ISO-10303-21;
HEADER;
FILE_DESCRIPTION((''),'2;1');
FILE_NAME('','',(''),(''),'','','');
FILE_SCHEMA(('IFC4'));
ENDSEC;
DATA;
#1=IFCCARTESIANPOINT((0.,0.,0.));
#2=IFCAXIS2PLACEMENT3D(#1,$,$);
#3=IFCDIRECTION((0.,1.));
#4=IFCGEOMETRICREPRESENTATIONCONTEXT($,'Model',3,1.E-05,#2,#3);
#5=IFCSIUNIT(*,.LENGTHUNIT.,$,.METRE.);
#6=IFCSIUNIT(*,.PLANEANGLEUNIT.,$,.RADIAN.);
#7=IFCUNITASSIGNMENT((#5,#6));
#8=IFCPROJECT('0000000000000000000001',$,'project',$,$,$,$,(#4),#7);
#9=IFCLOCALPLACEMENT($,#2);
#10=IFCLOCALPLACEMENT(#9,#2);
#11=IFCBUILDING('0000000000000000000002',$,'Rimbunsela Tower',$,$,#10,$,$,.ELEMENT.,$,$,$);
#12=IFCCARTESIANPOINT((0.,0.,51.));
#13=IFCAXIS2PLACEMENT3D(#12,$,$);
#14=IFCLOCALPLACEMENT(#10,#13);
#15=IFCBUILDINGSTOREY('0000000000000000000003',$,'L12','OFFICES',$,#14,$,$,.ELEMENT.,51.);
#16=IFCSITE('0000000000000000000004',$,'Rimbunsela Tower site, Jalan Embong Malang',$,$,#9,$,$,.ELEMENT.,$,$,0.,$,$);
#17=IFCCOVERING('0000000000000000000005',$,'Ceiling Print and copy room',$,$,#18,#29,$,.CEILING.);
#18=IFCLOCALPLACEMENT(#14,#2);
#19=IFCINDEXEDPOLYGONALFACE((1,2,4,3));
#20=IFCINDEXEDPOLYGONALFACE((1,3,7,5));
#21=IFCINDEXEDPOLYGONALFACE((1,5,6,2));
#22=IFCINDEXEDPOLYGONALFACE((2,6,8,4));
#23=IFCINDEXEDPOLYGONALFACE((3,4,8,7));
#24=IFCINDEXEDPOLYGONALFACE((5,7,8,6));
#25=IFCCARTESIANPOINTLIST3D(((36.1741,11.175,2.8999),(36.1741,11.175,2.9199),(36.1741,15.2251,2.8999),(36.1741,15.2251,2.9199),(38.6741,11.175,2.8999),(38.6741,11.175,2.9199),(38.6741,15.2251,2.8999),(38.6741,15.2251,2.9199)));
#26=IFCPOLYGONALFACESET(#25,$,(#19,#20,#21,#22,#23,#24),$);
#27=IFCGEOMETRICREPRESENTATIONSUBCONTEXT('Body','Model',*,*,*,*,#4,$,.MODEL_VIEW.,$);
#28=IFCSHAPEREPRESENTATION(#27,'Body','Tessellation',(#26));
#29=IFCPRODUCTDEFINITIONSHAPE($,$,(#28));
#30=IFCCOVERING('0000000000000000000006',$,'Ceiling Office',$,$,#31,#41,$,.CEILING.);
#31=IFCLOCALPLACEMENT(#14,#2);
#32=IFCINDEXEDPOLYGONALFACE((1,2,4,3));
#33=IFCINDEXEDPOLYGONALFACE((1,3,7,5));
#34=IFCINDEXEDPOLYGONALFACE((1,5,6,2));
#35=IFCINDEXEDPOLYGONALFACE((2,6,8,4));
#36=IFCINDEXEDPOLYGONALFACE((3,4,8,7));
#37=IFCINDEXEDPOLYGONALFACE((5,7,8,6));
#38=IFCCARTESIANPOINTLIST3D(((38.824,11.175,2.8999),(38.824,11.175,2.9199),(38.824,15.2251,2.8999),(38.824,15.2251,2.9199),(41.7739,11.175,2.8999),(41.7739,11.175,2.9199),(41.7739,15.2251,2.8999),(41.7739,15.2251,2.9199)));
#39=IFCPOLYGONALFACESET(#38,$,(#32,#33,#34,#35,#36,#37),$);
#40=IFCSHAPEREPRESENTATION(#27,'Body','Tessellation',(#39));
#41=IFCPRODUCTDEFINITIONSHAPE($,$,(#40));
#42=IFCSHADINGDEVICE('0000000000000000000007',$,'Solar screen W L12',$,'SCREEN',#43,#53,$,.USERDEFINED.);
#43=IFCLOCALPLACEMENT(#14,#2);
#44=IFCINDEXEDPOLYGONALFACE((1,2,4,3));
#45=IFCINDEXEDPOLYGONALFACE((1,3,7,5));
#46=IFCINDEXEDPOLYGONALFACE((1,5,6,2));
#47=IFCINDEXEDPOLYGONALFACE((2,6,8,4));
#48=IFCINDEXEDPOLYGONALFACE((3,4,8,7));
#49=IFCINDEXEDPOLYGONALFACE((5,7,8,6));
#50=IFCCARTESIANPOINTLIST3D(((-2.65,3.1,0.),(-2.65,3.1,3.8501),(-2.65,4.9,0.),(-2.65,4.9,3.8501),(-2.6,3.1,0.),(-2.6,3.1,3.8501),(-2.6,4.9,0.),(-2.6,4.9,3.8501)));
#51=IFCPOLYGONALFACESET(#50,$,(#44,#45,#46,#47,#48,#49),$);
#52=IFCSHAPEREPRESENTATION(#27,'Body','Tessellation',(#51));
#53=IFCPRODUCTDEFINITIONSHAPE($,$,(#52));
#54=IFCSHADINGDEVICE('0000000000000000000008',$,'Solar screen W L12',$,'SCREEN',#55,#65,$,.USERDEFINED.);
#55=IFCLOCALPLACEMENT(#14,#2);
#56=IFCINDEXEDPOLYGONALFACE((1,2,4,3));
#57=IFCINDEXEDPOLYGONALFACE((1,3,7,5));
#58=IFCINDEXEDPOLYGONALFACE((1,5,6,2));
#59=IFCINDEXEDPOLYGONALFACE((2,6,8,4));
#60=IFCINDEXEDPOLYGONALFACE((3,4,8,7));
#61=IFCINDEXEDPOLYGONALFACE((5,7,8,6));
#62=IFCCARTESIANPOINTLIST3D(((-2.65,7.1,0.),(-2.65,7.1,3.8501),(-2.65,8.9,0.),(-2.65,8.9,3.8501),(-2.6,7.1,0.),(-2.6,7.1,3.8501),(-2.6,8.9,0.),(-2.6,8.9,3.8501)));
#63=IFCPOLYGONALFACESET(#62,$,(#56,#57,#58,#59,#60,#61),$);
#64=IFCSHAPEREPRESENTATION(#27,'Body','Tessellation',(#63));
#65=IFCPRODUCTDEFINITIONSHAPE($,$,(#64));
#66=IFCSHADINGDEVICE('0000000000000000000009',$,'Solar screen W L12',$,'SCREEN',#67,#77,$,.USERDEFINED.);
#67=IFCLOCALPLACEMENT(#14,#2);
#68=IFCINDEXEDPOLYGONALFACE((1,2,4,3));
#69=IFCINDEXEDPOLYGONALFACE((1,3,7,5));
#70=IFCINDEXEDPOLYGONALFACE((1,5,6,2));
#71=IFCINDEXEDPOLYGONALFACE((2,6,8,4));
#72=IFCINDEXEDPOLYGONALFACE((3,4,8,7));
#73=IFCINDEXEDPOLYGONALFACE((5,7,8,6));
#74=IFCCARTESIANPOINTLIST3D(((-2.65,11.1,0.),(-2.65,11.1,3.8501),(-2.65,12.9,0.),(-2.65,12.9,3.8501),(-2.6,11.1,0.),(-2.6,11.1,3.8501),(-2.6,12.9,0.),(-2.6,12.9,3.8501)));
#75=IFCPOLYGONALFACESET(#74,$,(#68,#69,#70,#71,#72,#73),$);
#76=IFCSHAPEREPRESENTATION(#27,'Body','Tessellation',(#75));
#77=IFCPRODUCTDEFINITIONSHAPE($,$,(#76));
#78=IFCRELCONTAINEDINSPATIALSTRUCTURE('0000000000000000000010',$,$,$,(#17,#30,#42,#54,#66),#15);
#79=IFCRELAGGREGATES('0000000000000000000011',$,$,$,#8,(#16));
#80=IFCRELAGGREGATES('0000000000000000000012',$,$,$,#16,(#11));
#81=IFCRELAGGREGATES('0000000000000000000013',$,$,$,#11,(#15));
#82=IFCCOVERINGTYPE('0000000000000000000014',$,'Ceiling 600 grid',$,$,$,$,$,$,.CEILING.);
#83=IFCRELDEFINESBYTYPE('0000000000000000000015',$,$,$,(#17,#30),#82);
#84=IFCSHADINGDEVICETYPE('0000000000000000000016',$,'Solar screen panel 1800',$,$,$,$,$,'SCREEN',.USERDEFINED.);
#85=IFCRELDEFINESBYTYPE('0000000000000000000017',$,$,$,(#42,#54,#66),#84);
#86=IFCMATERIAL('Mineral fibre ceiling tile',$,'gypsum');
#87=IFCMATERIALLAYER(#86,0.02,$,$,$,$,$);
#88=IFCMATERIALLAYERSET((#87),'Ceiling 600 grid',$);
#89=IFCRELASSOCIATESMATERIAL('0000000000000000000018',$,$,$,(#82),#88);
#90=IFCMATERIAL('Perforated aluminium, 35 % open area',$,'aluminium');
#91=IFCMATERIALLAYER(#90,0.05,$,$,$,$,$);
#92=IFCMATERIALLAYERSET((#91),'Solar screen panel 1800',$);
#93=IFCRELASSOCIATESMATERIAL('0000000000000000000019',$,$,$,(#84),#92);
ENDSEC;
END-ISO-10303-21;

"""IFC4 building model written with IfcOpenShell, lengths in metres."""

from ifc_helpers import new_model, si_unit, direction, frame, origin, origin_2d, place, context, subcontext, project, spatial, polyline, rectangle, outline, extrude, material, layer, layer_set, type_object, element, save


model = new_model("IFC4")

# Units and contexts
model_context = context("Model", 3, precision=1e-05, world=origin(), true_north=direction((0.0, 1.0)))
body_context = subcontext(model_context, "Body", "Model", "MODEL_VIEW")
ifc_project = project(units=[si_unit("LENGTHUNIT", "METRE"), si_unit("PLANEANGLEUNIT", "RADIAN")], contexts=[model_context])

# Site, building, storey
site_placement = place(None, origin())
site = spatial("IfcSite", under=ifc_project, at=site_placement, Name="Rimbunsela Tower site, Jalan Embong Malang", CompositionType="ELEMENT", RefElevation=0.0)
building_placement = place(site_placement, origin())
building = spatial("IfcBuilding", under=site, at=building_placement, Name="Rimbunsela Tower", CompositionType="ELEMENT")
storey_placement = place(building_placement, frame((0.0, 0.0, 51.0)))
storey = spatial("IfcBuildingStorey", under=building, at=storey_placement, Name="L12", Description="OFFICES", CompositionType="ELEMENT", Elevation=51.0)

# Coverings
ifc_material_1 = material(Name="Mineral fibre ceiling tile", Category="gypsum")
ifc_layer_1 = layer(ifc_material_1, 0.02)
ifc_layer_set_1 = layer_set([ifc_layer_1], Name="Ceiling 600 grid")
covering_type_1 = type_object("IfcCoveringType", Name="Ceiling 600 grid", PredefinedType="CEILING", material=ifc_layer_set_1)
covering_1_placement = place(storey_placement, frame((0.0, 0.0, 2.8999)))
element("IfcCovering", 1, at=covering_1_placement, inside=storey, type_object=covering_type_1, Name="Ceiling Print and copy room", PredefinedType="CEILING", context=body_context, shape_type="SweptSolid", body=[
    extrude(outline(polyline([(38.6741, 11.175), (38.6741, 15.2251), (36.1741, 15.2251), (36.1741, 11.175), (38.6741, 11.175)])), origin(), (0.0, 0.0, 1.0), 0.02),
])
covering_2_placement = place(storey_placement, frame((0.0, 0.0, 2.8999)))
element("IfcCovering", 2, at=covering_2_placement, inside=storey, type_object=covering_type_1, Name="Ceiling Office", PredefinedType="CEILING", context=body_context, shape_type="SweptSolid", body=[
    extrude(outline(polyline([(41.7739, 11.175), (41.7739, 15.2251), (38.824, 15.2251), (38.824, 11.175), (41.7739, 11.175)])), origin(), (0.0, 0.0, 1.0), 0.02),
])

# Shading devices
ifc_material_2 = material(Name="Perforated aluminium, 35 % open area", Category="aluminium")
ifc_layer_2 = layer(ifc_material_2, 0.05)
ifc_layer_set_2 = layer_set([ifc_layer_2], Name="Solar screen panel 1800")
shading_device_type = type_object("IfcShadingDeviceType", Name="Solar screen panel 1800", ElementType="SCREEN", PredefinedType="USERDEFINED", material=ifc_layer_set_2)
for number, where, z_axis, x_axis, name in (
    (3, (-2.625, 4.0, 0.0), (0.0, 0.0, 1.0), (0.0, 1.0, 0.0), "Solar screen W L12"),
    (4, (-2.625, 8.0, 0.0), (0.0, 0.0, 1.0), (0.0, 1.0, 0.0), "Solar screen W L12"),
    (5, (-2.625, 12.0, 0.0), (0.0, 0.0, 1.0), (0.0, 1.0, 0.0), "Solar screen W L12"),
):
    element("IfcShadingDevice", number, at=place(storey_placement, frame(where, z_axis=z_axis, x_axis=x_axis)), inside=storey, type_object=shading_device_type, Name=name, ObjectType="SCREEN", PredefinedType="USERDEFINED", context=body_context, shape_type="SweptSolid", body=[
        extrude(rectangle(XDim=1.8, YDim=0.05, at=origin_2d()), origin(), (0.0, 0.0, 1.0), 3.8501),
    ])

save(model, "model.ifc")
